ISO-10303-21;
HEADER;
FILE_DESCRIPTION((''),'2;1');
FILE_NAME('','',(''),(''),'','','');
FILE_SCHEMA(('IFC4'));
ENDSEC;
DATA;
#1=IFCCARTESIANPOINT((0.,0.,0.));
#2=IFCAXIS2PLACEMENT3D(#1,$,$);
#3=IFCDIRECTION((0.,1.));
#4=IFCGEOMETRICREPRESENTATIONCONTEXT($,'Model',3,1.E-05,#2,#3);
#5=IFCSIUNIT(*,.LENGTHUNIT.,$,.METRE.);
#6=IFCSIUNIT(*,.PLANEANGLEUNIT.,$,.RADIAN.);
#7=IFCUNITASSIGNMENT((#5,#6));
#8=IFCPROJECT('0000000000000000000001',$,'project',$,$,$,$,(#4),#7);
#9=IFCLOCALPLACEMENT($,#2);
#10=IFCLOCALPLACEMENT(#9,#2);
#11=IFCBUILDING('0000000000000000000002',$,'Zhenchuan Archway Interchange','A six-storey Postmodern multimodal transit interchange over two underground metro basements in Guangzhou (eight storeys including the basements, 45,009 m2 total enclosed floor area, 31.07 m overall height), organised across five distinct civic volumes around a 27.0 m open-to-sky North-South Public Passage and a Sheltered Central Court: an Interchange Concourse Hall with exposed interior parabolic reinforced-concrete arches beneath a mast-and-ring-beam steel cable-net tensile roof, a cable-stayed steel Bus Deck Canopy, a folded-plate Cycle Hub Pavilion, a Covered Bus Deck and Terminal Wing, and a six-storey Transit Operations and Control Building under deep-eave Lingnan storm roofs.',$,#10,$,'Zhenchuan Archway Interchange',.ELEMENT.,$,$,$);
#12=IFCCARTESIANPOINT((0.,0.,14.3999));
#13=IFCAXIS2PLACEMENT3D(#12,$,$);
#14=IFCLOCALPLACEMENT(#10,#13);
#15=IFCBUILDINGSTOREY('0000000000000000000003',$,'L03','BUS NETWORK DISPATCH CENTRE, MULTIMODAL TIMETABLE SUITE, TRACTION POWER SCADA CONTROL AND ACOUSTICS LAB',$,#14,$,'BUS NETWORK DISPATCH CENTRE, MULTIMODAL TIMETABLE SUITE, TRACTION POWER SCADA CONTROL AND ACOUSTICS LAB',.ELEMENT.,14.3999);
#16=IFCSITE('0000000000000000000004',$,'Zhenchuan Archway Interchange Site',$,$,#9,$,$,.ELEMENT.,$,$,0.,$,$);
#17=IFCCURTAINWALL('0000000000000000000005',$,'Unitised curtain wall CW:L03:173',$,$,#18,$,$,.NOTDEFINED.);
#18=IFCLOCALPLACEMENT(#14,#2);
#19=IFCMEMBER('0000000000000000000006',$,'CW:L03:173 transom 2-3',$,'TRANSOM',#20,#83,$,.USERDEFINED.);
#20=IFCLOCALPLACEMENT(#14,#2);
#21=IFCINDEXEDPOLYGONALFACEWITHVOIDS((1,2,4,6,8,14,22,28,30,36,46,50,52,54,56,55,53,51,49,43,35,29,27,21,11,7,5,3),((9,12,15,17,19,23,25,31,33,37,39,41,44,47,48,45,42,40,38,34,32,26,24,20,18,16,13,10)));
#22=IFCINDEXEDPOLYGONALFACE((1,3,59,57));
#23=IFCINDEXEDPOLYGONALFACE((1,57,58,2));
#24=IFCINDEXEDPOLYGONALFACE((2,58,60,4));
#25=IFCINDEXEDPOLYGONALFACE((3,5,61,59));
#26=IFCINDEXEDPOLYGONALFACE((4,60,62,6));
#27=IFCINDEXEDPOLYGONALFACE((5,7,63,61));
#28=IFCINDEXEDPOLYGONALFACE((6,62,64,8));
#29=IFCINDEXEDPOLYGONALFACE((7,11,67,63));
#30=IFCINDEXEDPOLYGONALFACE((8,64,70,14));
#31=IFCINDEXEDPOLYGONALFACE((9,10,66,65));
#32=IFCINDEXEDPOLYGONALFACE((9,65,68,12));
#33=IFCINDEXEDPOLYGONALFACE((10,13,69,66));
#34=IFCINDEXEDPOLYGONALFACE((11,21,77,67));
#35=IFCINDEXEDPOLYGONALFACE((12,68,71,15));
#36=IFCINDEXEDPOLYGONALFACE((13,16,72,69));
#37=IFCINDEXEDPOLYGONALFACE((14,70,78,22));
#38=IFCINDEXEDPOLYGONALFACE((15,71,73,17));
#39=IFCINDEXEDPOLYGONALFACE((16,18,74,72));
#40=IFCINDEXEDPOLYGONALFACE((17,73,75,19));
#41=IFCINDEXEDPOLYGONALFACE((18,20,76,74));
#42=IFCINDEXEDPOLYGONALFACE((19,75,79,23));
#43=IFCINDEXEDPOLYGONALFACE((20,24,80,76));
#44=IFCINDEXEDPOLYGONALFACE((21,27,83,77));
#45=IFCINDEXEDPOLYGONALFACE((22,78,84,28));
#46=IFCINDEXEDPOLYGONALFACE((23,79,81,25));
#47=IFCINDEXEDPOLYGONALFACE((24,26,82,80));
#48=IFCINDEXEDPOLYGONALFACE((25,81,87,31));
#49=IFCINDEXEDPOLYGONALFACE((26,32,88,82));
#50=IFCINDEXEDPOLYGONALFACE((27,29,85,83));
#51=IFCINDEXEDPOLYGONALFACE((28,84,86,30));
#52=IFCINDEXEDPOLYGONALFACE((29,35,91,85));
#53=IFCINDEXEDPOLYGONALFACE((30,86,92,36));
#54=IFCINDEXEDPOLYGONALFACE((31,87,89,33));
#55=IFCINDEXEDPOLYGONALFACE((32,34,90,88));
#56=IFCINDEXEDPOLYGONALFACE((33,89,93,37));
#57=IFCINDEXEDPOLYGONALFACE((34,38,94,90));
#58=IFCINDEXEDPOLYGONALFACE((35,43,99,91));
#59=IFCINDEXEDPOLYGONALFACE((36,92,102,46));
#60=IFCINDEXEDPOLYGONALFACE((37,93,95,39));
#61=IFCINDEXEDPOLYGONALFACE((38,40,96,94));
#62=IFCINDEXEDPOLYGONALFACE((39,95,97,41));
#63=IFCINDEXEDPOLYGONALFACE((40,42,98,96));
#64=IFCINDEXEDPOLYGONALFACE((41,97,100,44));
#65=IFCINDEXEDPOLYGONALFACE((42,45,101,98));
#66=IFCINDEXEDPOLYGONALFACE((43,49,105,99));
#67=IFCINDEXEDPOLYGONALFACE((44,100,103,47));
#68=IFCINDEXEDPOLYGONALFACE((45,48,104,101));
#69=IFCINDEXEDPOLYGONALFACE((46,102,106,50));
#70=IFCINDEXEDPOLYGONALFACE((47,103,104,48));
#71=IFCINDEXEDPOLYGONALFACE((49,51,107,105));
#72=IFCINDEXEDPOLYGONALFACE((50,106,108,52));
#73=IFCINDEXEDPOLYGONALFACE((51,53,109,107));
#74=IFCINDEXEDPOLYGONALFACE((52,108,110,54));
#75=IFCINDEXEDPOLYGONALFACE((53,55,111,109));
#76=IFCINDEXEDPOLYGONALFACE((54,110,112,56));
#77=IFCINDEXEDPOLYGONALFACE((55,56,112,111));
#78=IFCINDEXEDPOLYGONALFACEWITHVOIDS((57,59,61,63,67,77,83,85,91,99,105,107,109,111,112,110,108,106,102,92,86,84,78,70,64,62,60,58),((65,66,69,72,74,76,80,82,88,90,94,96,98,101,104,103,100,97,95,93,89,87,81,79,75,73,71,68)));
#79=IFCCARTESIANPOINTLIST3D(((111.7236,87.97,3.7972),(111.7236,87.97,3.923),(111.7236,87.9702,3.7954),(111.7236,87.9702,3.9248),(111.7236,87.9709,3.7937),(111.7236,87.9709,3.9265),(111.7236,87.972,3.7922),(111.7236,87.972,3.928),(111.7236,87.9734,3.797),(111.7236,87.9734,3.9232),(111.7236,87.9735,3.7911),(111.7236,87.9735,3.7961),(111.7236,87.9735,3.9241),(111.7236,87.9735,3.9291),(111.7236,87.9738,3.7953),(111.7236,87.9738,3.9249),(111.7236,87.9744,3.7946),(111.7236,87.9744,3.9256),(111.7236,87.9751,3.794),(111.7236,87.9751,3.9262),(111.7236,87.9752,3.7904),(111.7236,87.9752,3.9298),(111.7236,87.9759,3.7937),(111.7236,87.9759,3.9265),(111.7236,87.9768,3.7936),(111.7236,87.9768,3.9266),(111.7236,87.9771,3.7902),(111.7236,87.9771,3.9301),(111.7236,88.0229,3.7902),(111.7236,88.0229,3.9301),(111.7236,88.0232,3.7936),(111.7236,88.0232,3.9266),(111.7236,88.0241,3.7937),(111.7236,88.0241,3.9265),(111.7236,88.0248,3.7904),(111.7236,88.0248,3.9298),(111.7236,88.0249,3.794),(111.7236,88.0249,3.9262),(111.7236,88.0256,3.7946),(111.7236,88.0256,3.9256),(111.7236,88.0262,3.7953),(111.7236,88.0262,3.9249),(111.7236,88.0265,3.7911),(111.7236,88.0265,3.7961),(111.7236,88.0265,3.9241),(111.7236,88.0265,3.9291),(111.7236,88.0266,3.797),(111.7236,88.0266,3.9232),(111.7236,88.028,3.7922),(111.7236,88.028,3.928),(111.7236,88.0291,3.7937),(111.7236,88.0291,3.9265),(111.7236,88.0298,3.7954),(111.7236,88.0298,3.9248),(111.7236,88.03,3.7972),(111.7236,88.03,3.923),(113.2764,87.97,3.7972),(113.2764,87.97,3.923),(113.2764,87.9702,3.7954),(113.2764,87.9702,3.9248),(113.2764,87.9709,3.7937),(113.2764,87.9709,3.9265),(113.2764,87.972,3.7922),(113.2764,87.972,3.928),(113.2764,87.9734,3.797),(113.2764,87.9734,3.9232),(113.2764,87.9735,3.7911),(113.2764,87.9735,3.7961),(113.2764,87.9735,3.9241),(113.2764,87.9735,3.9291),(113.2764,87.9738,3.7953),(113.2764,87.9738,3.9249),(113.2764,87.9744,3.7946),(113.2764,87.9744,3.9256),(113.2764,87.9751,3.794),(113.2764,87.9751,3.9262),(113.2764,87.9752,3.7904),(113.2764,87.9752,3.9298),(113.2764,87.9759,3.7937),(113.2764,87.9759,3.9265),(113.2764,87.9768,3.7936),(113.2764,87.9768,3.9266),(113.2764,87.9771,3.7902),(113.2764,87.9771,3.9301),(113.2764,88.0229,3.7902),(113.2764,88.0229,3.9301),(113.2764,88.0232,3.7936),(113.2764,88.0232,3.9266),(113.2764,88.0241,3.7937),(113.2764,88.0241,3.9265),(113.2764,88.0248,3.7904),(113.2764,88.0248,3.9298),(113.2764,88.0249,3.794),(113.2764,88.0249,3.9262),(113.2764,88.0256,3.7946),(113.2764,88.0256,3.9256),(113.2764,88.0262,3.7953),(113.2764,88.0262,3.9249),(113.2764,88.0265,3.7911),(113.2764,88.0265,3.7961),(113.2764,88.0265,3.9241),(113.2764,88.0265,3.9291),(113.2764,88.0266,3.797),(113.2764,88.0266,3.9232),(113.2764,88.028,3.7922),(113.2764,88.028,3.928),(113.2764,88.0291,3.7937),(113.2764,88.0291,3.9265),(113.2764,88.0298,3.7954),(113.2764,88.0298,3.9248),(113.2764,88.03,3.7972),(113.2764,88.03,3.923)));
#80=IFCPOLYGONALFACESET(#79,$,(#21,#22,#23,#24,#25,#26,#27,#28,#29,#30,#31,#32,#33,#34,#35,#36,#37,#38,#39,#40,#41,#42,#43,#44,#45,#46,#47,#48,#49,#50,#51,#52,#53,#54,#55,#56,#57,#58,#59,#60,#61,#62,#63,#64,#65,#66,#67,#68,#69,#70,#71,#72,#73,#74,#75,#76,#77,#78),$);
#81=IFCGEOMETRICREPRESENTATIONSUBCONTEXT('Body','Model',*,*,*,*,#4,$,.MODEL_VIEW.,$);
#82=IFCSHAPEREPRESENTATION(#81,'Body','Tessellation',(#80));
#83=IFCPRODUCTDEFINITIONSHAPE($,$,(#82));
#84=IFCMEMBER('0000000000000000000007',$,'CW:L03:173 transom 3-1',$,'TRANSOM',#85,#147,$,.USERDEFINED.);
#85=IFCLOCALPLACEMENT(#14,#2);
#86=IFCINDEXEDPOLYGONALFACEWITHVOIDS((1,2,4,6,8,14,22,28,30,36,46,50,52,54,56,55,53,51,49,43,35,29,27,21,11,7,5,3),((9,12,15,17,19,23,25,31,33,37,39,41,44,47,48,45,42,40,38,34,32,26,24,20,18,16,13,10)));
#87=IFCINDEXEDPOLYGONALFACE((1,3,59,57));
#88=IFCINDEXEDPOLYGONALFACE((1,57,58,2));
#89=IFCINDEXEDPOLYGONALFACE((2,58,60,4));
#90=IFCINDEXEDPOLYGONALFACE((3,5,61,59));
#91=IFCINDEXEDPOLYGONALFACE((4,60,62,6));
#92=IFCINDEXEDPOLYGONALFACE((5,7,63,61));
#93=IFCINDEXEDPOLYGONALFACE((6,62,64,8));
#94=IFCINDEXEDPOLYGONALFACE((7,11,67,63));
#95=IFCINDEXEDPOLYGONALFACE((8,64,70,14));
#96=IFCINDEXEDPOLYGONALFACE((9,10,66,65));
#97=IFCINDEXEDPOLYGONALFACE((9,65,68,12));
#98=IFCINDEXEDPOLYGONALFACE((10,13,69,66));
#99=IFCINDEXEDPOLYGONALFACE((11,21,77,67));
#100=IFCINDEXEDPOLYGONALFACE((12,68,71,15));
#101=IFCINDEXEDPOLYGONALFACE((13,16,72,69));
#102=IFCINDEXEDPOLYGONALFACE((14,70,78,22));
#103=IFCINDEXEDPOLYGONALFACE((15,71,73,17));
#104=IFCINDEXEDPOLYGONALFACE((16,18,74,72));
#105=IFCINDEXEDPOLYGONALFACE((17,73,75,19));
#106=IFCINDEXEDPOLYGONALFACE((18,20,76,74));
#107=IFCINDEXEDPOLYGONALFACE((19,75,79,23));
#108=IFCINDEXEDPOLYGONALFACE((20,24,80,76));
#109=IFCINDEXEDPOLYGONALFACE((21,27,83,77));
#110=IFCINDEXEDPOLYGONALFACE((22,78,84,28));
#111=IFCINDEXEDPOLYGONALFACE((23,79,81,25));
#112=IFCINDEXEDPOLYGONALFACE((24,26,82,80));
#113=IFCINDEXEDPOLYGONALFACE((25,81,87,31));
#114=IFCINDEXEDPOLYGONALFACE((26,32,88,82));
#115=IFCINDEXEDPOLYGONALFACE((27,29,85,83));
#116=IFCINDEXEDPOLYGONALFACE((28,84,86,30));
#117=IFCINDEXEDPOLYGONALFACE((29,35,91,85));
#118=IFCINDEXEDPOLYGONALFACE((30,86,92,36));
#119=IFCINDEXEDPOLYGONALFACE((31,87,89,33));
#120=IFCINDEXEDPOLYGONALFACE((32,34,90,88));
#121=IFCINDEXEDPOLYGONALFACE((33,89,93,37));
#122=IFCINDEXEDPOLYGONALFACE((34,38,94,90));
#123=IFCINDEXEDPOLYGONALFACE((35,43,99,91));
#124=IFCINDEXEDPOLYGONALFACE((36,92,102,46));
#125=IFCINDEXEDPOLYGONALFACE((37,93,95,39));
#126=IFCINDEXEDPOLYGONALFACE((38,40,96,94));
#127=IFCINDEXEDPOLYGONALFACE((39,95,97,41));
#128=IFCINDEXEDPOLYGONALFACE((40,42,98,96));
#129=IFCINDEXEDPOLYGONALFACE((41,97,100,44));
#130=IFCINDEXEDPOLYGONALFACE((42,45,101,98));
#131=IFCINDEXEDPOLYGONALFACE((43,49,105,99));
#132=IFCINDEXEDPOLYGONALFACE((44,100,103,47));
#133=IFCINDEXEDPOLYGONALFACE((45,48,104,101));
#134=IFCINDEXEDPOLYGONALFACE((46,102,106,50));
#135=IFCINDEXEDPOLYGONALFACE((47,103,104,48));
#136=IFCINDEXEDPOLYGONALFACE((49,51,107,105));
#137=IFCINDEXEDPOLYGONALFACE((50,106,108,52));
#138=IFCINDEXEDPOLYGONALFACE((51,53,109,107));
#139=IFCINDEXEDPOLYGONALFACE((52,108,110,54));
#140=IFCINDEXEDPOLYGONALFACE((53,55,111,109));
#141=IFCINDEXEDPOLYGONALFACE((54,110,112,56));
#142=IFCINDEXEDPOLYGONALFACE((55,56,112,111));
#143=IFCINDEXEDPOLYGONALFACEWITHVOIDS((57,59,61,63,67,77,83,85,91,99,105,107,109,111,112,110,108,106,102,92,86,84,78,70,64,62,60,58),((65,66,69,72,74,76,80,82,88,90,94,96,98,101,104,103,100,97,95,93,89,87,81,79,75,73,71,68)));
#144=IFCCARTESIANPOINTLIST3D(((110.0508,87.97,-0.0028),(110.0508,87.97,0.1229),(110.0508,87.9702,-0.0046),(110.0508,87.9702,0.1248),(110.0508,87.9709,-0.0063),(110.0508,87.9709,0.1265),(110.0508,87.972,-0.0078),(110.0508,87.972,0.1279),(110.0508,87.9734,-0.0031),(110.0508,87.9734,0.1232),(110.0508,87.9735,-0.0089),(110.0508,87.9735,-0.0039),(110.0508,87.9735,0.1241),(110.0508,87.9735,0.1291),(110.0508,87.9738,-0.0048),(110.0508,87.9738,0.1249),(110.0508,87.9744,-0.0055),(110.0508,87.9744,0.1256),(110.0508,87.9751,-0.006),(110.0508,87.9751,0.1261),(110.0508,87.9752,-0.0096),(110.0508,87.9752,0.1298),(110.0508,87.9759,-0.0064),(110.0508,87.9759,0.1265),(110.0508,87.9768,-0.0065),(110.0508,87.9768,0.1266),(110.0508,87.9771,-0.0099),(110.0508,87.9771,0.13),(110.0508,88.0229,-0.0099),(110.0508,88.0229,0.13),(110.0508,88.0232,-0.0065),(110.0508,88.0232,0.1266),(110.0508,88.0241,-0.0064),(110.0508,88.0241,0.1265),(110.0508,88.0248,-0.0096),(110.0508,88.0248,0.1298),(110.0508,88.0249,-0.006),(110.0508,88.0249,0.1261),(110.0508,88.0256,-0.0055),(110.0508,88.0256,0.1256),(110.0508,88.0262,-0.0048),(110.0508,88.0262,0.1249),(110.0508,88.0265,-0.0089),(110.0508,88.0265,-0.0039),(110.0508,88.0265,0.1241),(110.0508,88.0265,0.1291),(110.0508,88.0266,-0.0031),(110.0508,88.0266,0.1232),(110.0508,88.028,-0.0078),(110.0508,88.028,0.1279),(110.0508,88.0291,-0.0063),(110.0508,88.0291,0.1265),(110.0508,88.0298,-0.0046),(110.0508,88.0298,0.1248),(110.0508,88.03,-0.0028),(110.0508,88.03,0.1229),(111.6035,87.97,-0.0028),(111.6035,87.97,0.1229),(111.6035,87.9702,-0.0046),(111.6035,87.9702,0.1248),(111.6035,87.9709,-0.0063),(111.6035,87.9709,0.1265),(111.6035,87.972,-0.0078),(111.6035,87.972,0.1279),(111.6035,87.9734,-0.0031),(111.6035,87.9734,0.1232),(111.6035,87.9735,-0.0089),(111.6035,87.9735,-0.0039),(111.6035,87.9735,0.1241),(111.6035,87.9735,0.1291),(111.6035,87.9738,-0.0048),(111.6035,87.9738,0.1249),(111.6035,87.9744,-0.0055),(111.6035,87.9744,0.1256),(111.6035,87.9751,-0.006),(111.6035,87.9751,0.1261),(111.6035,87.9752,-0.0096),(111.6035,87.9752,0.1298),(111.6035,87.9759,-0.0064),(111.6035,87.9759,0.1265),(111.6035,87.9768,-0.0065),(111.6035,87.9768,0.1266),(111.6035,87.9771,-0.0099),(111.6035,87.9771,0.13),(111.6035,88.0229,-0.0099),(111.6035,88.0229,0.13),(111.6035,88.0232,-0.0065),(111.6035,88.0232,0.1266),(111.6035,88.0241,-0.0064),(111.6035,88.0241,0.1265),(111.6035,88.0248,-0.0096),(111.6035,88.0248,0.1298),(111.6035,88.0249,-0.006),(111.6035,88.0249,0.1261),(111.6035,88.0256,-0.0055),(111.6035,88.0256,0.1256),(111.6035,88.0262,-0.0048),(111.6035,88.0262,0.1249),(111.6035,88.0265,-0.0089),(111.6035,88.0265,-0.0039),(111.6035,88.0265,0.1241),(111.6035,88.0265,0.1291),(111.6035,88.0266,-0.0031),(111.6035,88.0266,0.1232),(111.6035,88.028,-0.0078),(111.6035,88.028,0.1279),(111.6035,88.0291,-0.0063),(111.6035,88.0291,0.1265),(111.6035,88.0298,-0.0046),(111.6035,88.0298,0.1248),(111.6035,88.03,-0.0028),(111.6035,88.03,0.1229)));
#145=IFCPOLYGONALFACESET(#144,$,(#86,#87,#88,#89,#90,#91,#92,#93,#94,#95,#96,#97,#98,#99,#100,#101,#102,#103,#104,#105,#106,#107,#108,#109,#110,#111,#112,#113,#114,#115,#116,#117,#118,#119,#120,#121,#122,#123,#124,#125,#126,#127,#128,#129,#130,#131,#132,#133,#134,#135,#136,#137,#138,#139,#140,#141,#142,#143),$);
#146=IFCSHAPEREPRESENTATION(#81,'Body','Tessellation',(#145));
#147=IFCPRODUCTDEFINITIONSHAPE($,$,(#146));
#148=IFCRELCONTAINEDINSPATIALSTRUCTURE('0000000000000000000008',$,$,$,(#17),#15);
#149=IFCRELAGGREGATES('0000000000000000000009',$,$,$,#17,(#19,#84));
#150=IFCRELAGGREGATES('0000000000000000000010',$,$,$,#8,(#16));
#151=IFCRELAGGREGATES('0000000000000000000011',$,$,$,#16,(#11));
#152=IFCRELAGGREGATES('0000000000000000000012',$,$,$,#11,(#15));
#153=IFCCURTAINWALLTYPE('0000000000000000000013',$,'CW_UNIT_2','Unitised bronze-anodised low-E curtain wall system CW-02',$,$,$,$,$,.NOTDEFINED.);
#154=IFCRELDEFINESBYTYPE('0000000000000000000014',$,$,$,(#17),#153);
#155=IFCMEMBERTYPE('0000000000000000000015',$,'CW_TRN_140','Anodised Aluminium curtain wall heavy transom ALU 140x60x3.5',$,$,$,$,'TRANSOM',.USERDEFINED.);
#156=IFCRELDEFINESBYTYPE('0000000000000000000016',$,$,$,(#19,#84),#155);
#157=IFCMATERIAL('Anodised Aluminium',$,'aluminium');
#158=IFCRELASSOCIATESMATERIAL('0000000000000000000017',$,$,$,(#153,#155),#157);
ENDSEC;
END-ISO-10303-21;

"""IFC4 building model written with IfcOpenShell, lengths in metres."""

from ifc_helpers import new_model, si_unit, direction, frame, origin, origin_2d, place, context, subcontext, project, spatial, hollow_rectangle, extrude, material, material_profile, profile_set, type_object, element, aggregate, save


model = new_model("IFC4")

# Units and contexts
model_context = context("Model", 3, precision=1e-05, world=origin(), true_north=direction((0.0, 1.0)))
body_context = subcontext(model_context, "Body", "Model", "MODEL_VIEW")
ifc_project = project(units=[si_unit("LENGTHUNIT", "METRE"), si_unit("PLANEANGLEUNIT", "RADIAN")], contexts=[model_context])

# Site, building, storey
site_placement = place(None, origin())
site = spatial("IfcSite", under=ifc_project, at=site_placement, Name="Zhenchuan Archway Interchange Site", CompositionType="ELEMENT", RefElevation=0.0)
building_placement = place(site_placement, origin())
building = spatial("IfcBuilding", under=site, at=building_placement, Name="Zhenchuan Archway Interchange", Description="A six-storey Postmodern multimodal transit interchange over two underground metro basements in Guangzhou (eight storeys including the basements, 45,009 m2 total enclosed floor area, 31.07 m overall height), organised across five distinct civic volumes around a 27.0 m open-to-sky North-South Public Passage and a Sheltered Central Court: an Interchange Concourse Hall with exposed interior parabolic reinforced-concrete arches beneath a mast-and-ring-beam steel cable-net tensile roof, a cable-stayed steel Bus Deck Canopy, a folded-plate Cycle Hub Pavilion, a Covered Bus Deck and Terminal Wing, and a six-storey Transit Operations and Control Building under deep-eave Lingnan storm roofs.", LongName="Zhenchuan Archway Interchange", CompositionType="ELEMENT")
storey_placement = place(building_placement, frame((0.0, 0.0, 14.3999)))
storey = spatial("IfcBuildingStorey", under=building, at=storey_placement, Name="L03", Description="BUS NETWORK DISPATCH CENTRE, MULTIMODAL TIMETABLE SUITE, TRACTION POWER SCADA CONTROL AND ACOUSTICS LAB", LongName="BUS NETWORK DISPATCH CENTRE, MULTIMODAL TIMETABLE SUITE, TRACTION POWER SCADA CONTROL AND ACOUSTICS LAB", CompositionType="ELEMENT", Elevation=14.3999)

# Curtain wall, members
ifc_material_1 = material(Name="Anodised Aluminium", Category="aluminium")
curtain_wall_type = type_object("IfcCurtainWallType", Name="CW_UNIT_2", Description="Unitised bronze-anodised low-E curtain wall system CW-02", PredefinedType="NOTDEFINED", material=ifc_material_1)
curtain_wall_placement = place(storey_placement, origin())
curtain_wall = element("IfcCurtainWall", 1, at=curtain_wall_placement, inside=storey, type_object=curtain_wall_type, Name="Unitised curtain wall CW:L03:173", PredefinedType="NOTDEFINED")
ifc_material_profile_1 = material_profile(ifc_material_1, hollow_rectangle(XDim=0.0601, YDim=0.1399, WallThickness=0.0034, InnerFilletRadius=0.0034, OuterFilletRadius=0.0071, at=origin_2d()), Name="ALU 140x60x3.5")
ifc_profile_set_1 = profile_set([ifc_material_profile_1], Name="Anodised Aluminium")
member_type_1 = type_object("IfcMemberType", Name="CW_TRN_140", Description="Anodised Aluminium curtain wall heavy transom ALU 140x60x3.5", ElementType="TRANSOM", PredefinedType="USERDEFINED", material=ifc_profile_set_1)
member_1_placement = place(storey_placement, frame((113.2764, 88.0, 3.8601), z_axis=(-1.0, 0.0, 0.0), x_axis=(0.0, -1.0, 0.0)))
member_1 = element("IfcMember", 2, at=member_1_placement, type_object=member_type_1, Name="CW:L03:173 transom 2-3", ObjectType="TRANSOM", PredefinedType="USERDEFINED", context=body_context, shape_type="SweptSolid", body=[
    extrude(hollow_rectangle(XDim=0.0601, YDim=0.1399, WallThickness=0.0034, InnerFilletRadius=0.0034, OuterFilletRadius=0.0071, at=origin_2d()), origin(), (0.0, 0.0, 1.0), 1.5527),
])
member_2_placement = place(storey_placement, frame((111.6035, 88.0, 0.0601), z_axis=(-1.0, 0.0, 0.0), x_axis=(0.0, -1.0, 0.0)))
member_2 = element("IfcMember", 3, at=member_2_placement, type_object=member_type_1, Name="CW:L03:173 transom 3-1", ObjectType="TRANSOM", PredefinedType="USERDEFINED", context=body_context, shape_type="SweptSolid", body=[
    extrude(hollow_rectangle(XDim=0.0601, YDim=0.1399, WallThickness=0.0034, InnerFilletRadius=0.0034, OuterFilletRadius=0.0071, at=origin_2d()), origin(), (0.0, 0.0, 1.0), 1.5527),
])

aggregate(curtain_wall, [member_1, member_2])

save(model, "model.ifc")
